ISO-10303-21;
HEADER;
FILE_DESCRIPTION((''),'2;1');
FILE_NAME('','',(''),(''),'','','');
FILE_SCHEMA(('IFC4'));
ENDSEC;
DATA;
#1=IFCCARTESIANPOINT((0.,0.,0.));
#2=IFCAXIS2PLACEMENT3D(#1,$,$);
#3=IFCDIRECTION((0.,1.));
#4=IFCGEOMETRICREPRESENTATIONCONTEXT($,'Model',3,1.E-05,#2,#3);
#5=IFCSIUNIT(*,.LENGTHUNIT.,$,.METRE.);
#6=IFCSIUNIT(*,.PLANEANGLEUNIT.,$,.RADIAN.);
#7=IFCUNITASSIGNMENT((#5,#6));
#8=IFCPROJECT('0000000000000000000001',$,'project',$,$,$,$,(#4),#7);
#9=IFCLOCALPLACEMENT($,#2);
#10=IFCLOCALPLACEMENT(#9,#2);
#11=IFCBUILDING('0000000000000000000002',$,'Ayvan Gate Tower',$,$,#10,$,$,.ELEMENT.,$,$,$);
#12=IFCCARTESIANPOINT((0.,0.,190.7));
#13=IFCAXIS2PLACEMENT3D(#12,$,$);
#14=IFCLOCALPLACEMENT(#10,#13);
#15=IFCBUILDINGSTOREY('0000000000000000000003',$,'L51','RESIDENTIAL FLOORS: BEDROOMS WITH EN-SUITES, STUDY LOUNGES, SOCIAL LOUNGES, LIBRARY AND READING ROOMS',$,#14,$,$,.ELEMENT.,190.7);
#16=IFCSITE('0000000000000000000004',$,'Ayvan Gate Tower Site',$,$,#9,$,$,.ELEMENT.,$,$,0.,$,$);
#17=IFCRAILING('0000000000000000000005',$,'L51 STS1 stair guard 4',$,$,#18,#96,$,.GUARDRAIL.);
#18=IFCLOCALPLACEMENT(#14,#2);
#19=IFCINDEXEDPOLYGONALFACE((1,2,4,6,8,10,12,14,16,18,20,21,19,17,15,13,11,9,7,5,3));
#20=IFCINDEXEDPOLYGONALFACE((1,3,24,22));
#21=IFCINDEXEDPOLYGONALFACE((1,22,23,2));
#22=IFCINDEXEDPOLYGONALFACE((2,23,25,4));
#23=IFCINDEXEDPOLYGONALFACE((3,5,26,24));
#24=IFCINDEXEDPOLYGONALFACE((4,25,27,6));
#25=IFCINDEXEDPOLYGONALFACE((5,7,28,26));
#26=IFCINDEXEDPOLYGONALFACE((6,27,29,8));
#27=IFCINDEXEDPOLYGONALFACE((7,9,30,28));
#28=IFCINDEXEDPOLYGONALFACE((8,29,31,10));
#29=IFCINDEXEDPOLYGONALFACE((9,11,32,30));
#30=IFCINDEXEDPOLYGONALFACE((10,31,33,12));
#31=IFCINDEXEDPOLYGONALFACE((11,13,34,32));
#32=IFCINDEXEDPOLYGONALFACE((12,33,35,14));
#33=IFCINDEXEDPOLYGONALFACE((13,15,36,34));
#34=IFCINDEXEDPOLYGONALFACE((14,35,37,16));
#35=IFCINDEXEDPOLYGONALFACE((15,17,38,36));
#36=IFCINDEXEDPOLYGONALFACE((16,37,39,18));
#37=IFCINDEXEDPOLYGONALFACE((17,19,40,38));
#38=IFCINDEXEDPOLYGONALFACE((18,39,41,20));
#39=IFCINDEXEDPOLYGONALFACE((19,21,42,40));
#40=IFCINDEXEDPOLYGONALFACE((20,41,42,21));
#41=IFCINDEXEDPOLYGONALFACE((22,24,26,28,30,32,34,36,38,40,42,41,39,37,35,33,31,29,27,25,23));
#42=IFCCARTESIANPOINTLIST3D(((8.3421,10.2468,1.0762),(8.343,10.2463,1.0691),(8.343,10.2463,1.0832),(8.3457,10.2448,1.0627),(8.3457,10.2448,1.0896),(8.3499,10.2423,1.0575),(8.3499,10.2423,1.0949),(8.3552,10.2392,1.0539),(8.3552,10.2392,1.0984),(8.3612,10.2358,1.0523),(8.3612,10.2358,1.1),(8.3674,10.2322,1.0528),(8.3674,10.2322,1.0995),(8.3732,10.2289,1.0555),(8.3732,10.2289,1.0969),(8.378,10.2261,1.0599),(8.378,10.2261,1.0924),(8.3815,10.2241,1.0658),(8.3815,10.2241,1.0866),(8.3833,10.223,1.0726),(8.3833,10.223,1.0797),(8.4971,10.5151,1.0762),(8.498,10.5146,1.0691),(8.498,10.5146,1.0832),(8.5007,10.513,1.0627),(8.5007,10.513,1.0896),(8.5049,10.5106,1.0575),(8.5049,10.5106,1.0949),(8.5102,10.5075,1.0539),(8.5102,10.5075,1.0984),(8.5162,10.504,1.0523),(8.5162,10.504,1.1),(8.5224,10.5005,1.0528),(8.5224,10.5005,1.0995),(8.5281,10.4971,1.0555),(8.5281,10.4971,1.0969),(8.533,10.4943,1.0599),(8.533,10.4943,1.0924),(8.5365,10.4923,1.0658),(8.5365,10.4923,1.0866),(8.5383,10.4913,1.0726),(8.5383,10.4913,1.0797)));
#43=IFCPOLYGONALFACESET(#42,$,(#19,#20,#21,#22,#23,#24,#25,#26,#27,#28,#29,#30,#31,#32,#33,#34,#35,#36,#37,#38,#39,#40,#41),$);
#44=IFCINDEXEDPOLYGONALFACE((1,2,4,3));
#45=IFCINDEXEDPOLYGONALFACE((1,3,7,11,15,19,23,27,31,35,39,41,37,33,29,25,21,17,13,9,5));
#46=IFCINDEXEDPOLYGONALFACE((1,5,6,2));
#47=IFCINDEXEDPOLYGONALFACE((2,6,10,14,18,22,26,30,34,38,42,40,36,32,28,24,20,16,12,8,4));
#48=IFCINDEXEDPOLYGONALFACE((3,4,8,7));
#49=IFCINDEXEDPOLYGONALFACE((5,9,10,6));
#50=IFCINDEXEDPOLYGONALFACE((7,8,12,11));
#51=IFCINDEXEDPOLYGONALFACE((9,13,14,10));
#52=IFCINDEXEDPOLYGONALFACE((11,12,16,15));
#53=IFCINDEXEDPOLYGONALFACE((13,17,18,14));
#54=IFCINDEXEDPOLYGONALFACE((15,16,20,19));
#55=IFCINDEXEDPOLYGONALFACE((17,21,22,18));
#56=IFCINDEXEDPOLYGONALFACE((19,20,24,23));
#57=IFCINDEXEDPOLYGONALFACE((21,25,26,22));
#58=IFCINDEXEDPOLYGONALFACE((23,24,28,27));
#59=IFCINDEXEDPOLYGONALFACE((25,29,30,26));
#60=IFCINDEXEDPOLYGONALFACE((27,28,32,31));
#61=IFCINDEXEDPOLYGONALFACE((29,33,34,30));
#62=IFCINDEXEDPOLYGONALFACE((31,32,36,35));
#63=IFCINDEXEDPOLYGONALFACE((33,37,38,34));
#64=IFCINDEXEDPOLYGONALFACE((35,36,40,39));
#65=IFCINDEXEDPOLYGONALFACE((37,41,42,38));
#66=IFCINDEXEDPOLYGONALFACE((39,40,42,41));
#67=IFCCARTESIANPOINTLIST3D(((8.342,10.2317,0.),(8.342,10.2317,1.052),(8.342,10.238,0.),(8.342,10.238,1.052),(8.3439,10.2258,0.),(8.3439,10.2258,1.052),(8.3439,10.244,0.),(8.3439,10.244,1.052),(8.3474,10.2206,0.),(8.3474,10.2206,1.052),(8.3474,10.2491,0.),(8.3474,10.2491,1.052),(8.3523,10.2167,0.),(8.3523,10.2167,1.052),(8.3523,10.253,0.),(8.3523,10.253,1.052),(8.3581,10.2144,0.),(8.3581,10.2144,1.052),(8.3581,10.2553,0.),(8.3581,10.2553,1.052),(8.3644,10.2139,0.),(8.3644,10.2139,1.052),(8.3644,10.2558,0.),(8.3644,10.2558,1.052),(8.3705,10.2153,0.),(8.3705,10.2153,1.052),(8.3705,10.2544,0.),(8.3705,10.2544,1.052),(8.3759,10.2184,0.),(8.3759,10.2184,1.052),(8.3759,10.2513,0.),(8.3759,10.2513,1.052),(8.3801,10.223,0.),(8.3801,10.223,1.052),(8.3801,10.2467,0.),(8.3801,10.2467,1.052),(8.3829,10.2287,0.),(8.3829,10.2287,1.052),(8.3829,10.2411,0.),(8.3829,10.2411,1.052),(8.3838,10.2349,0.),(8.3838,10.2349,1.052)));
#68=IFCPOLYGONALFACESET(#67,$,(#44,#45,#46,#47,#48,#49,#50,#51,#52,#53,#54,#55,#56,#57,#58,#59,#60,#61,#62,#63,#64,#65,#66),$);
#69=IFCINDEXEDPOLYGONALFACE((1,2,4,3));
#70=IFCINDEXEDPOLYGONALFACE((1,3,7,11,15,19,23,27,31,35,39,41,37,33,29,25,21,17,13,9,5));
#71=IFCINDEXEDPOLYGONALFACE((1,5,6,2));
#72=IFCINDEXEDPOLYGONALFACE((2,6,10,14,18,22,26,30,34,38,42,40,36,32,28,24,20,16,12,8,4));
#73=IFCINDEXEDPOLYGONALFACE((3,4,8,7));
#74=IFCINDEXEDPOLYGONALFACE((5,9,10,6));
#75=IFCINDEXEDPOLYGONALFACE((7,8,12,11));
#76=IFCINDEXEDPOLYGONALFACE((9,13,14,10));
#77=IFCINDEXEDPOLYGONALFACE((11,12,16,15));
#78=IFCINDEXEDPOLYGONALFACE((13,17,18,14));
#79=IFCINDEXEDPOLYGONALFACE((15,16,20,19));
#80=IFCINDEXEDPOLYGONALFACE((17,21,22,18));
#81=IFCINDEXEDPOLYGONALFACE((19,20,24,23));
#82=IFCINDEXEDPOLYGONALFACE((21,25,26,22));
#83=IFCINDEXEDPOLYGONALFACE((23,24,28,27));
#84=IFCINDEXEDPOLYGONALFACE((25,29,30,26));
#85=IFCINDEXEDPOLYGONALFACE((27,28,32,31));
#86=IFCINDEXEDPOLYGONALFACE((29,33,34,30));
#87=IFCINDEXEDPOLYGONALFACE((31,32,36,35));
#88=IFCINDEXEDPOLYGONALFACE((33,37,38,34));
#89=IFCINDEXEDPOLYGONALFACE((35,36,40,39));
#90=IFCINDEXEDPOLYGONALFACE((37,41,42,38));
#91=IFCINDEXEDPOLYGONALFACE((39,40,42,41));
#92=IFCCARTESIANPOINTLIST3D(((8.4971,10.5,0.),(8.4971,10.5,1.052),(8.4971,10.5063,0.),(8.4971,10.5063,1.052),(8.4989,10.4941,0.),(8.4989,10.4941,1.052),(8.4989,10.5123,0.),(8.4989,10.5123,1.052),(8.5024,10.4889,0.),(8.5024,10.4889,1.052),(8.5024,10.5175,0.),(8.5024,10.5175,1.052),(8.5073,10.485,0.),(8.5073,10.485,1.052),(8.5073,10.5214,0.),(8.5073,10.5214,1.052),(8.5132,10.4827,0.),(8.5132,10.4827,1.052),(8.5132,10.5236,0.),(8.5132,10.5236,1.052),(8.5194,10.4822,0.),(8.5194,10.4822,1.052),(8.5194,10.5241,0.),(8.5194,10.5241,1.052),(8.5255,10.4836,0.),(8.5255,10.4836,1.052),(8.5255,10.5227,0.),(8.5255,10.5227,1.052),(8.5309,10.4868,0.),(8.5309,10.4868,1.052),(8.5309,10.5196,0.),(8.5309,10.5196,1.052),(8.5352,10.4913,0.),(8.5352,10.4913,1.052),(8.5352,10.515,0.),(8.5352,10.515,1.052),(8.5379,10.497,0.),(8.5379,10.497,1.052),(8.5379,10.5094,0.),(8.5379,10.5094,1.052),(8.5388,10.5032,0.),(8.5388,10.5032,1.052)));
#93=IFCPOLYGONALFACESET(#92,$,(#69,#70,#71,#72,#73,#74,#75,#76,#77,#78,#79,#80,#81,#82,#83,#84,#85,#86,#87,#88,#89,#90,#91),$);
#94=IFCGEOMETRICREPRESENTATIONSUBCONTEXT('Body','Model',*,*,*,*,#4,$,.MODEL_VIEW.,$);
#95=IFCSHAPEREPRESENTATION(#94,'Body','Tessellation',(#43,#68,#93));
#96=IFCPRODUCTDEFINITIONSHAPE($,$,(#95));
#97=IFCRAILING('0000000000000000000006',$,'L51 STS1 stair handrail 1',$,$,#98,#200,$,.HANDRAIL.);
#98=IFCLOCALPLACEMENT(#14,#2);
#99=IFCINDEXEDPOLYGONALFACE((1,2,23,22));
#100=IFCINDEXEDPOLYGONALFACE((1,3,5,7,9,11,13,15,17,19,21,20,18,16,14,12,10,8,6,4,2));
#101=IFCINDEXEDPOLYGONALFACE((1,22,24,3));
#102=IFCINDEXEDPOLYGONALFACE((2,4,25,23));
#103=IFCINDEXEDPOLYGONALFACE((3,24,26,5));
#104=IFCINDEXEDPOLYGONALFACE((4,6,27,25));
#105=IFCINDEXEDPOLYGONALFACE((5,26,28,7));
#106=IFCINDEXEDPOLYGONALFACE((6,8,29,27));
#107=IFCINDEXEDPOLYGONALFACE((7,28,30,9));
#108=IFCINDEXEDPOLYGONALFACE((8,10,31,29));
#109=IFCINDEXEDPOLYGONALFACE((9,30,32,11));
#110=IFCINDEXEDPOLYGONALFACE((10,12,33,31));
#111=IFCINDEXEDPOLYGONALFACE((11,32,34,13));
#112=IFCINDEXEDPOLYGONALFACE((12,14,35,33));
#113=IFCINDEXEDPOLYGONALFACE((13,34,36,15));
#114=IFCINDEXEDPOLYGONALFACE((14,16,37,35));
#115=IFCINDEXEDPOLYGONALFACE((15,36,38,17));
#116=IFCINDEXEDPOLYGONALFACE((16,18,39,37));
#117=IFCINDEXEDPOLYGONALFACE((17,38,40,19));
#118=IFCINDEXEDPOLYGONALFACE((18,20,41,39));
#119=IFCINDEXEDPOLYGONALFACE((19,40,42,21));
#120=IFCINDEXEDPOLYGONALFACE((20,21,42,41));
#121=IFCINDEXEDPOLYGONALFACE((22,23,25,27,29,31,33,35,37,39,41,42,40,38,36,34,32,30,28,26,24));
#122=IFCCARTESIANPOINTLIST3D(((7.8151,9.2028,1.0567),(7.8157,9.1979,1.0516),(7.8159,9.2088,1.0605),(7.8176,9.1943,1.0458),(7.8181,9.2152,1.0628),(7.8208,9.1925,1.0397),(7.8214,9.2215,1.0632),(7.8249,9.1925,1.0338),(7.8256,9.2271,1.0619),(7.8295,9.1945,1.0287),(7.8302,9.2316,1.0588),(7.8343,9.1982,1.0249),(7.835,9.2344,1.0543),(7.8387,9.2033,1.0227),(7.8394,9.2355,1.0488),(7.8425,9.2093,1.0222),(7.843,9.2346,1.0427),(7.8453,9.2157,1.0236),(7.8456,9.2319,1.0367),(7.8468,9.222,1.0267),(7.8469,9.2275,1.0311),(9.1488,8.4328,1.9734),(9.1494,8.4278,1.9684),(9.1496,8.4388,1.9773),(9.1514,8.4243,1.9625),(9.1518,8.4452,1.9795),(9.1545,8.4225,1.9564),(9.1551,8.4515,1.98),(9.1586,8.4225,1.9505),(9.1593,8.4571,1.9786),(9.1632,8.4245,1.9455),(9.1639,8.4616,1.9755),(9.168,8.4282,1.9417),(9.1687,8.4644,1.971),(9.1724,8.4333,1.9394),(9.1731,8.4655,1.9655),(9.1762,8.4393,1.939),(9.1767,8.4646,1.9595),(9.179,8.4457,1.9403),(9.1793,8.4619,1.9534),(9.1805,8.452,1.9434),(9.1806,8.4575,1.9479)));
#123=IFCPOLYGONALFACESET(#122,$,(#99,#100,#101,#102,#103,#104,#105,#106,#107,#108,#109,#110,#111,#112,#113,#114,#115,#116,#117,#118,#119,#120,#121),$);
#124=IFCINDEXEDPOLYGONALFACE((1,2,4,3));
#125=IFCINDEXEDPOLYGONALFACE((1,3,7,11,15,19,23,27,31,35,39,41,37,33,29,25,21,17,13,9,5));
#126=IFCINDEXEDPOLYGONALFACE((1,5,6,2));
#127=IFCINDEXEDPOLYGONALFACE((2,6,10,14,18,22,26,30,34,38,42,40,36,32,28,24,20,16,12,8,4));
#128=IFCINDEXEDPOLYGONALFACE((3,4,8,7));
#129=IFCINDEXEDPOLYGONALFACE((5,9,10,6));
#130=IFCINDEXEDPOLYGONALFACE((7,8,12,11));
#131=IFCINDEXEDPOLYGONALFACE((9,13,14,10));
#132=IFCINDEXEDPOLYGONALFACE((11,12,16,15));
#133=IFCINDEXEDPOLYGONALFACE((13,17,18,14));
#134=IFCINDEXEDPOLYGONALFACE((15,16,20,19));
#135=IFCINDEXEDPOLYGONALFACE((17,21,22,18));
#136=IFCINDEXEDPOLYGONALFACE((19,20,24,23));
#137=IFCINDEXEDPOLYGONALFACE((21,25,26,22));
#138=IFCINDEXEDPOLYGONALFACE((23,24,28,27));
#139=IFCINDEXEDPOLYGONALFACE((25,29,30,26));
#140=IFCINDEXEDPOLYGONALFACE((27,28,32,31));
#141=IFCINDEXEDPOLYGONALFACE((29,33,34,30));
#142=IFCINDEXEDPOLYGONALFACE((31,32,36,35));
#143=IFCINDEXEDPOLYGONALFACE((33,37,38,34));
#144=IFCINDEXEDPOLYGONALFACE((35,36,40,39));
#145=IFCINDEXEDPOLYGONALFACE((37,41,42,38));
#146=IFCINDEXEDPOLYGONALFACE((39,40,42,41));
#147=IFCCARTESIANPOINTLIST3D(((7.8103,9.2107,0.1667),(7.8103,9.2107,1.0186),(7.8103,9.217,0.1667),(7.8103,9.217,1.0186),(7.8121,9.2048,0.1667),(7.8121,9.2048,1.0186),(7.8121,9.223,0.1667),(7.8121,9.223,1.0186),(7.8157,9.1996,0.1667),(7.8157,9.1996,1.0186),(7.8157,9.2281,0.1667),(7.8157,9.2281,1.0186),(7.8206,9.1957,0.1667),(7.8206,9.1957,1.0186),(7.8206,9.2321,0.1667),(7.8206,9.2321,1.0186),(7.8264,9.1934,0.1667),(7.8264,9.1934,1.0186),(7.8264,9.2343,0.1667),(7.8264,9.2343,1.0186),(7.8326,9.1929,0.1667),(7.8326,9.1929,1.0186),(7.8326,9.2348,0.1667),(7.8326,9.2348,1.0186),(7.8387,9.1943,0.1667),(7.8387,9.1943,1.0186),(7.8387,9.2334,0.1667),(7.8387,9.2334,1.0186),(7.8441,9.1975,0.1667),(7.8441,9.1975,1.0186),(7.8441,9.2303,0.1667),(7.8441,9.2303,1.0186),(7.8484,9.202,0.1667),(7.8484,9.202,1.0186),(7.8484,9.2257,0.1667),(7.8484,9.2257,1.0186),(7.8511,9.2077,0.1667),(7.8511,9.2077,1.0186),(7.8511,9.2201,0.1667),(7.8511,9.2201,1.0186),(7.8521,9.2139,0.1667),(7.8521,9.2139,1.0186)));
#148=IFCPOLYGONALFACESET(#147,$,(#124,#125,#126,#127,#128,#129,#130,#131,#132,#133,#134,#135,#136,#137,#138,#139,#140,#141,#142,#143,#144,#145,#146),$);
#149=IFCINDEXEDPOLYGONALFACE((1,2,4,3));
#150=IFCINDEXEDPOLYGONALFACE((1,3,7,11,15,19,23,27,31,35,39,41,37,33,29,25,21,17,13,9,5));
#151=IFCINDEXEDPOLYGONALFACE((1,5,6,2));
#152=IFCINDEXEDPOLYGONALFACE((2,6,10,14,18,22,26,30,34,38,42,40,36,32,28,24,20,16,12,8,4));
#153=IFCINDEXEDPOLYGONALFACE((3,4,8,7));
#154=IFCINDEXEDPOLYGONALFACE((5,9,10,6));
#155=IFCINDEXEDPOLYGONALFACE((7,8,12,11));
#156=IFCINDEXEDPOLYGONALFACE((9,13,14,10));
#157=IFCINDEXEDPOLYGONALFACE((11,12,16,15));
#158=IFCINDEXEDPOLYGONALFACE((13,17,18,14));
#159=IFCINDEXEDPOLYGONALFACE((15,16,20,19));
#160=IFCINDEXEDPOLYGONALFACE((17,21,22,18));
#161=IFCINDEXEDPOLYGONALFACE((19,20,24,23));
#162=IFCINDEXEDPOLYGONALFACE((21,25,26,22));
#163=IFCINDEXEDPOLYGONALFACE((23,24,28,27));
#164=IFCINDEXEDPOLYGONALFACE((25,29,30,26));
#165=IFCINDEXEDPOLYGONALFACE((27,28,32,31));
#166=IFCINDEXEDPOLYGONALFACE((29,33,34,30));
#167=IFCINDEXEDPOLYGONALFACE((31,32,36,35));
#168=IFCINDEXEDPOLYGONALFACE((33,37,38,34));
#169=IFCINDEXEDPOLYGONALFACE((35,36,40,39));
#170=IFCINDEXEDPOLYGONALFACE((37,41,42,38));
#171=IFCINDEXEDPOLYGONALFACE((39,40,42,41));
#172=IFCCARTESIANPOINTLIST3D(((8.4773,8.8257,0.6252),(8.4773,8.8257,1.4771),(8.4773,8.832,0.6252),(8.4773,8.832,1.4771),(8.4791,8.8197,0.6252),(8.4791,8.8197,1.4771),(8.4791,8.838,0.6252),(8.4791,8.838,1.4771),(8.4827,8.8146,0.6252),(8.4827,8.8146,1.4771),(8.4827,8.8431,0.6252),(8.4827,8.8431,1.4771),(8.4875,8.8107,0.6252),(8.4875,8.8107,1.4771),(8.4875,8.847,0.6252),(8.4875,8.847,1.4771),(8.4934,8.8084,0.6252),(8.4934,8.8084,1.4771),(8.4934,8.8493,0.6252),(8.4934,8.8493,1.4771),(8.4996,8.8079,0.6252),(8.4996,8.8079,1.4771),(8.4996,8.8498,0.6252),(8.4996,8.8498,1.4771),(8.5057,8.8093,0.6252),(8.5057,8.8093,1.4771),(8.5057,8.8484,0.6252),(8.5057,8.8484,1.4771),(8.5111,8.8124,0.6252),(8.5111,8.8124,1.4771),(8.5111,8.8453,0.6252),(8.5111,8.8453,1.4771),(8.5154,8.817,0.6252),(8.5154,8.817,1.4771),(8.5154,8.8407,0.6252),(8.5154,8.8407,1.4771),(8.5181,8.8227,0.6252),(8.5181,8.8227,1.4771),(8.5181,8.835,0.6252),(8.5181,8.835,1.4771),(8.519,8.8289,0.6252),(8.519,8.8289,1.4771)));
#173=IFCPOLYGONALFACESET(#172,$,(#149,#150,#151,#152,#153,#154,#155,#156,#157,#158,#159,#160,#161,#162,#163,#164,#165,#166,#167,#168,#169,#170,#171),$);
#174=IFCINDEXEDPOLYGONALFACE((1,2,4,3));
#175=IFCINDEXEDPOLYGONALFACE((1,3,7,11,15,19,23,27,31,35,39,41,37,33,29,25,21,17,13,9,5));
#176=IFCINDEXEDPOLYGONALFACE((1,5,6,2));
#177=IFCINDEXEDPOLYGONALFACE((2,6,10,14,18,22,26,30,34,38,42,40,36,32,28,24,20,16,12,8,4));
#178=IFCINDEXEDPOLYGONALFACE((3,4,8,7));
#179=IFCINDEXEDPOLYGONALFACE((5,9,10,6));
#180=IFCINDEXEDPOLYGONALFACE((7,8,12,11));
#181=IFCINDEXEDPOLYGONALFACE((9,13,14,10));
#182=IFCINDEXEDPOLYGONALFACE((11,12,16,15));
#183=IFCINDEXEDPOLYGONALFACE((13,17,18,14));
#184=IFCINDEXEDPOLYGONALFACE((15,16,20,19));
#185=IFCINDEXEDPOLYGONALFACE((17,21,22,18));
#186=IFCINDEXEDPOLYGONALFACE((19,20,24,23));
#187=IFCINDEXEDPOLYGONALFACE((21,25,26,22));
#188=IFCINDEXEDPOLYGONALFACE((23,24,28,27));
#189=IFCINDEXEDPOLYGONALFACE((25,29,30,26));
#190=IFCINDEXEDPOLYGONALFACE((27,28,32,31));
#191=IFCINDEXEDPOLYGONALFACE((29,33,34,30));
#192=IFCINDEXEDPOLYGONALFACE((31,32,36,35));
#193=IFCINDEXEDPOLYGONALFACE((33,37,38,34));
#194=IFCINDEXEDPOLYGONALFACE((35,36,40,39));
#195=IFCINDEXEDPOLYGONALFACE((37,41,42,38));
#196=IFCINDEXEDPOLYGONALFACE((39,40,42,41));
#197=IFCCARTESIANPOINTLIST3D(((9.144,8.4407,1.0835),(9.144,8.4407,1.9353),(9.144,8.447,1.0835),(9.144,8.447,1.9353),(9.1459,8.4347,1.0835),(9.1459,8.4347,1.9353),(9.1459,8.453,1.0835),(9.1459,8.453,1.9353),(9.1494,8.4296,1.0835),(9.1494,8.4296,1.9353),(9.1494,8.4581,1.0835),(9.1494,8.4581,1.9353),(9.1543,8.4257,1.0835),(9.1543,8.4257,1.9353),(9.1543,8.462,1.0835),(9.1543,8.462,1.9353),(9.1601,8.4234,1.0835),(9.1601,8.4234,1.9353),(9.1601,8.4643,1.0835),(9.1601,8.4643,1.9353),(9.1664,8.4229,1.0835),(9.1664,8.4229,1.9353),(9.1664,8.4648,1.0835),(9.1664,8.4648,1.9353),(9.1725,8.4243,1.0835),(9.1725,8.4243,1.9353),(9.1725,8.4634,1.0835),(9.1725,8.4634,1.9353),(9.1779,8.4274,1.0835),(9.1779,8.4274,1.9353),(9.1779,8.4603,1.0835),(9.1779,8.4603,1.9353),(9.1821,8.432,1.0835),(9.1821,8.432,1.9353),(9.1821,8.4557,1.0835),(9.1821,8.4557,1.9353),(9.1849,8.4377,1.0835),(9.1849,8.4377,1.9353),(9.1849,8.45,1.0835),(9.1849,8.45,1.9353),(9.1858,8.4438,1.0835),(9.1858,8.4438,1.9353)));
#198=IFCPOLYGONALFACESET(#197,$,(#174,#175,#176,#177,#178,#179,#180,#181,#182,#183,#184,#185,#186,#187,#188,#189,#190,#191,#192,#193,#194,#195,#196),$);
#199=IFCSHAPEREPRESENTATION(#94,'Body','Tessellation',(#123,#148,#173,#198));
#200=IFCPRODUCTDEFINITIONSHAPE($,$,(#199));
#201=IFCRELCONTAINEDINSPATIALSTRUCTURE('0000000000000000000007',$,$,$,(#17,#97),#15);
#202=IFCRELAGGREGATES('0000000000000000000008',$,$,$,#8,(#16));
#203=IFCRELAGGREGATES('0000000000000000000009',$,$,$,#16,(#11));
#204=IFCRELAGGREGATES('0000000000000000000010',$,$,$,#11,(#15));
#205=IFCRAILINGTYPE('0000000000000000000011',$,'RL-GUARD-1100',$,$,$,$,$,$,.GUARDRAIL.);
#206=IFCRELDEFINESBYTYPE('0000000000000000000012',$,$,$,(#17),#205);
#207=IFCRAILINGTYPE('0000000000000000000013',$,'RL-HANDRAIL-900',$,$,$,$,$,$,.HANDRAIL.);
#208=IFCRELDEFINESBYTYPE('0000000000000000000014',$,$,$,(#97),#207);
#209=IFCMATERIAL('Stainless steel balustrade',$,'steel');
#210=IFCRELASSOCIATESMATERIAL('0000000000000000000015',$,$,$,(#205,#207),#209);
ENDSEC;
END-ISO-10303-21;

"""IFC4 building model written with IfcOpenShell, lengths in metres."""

from ifc_helpers import new_model, si_unit, direction, frame, origin, origin_2d, place, context, subcontext, project, spatial, circle, extrude, material, type_object, element, save


model = new_model("IFC4")

# Units and contexts
model_context = context("Model", 3, precision=1e-05, world=origin(), true_north=direction((0.0, 1.0)))
body_context = subcontext(model_context, "Body", "Model", "MODEL_VIEW")
ifc_project = project(units=[si_unit("LENGTHUNIT", "METRE"), si_unit("PLANEANGLEUNIT", "RADIAN")], contexts=[model_context])

# Site, building, storey
site_placement = place(None, origin())
site = spatial("IfcSite", under=ifc_project, at=site_placement, Name="Ayvan Gate Tower Site", CompositionType="ELEMENT", RefElevation=0.0)
building_placement = place(site_placement, origin())
building = spatial("IfcBuilding", under=site, at=building_placement, Name="Ayvan Gate Tower", CompositionType="ELEMENT")
storey_placement = place(building_placement, frame((0.0, 0.0, 190.7)))
storey = spatial("IfcBuildingStorey", under=building, at=storey_placement, Name="L51", Description="RESIDENTIAL FLOORS: BEDROOMS WITH EN-SUITES, STUDY LOUNGES, SOCIAL LOUNGES, LIBRARY AND READING ROOMS", CompositionType="ELEMENT", Elevation=190.7)

# Railings
ifc_material_1 = material(Name="Stainless steel balustrade", Category="steel")
railing_type_1 = type_object("IfcRailingType", Name="RL-GUARD-1100", PredefinedType="GUARDRAIL", material=ifc_material_1)
railing_1_placement = place(storey_placement, frame((8.3628, 10.2349, 0.0)))
element("IfcRailing", 1, at=railing_1_placement, inside=storey, type_object=railing_type_1, Name="L51 STS1 stair guard 4", PredefinedType="GUARDRAIL", context=body_context, shape_type="SweptSolid", body=[
    extrude(circle(Radius=0.0239, at=origin_2d()), frame((0.0, 0.0, 1.0762), z_axis=(0.500291, 0.865857, 0.0), x_axis=(-0.865857, 0.500291, 0.0)), (0.0, 0.0, 1.0), 0.3098),
    extrude(circle(Radius=0.021, at=origin_2d()), origin(), (0.0, 0.0, 1.0), 1.052),
    extrude(circle(Radius=0.021, at=origin_2d()), frame((0.155, 0.2683, 0.0)), (0.0, 0.0, 1.0), 1.052),
])
railing_type_2 = type_object("IfcRailingType", Name="RL-HANDRAIL-900", PredefinedType="HANDRAIL", material=ifc_material_1)
railing_2_placement = place(storey_placement, frame((7.8311, 9.2139, 0.1667)))
element("IfcRailing", 2, at=railing_2_placement, inside=storey, type_object=railing_type_2, Name="L51 STS1 stair handrail 1", PredefinedType="HANDRAIL", context=body_context, shape_type="SweptSolid", body=[
    extrude(circle(Radius=0.0239, at=origin_2d()), frame((0.0, 0.0, 0.876), z_axis=(0.744164, -0.429634, 0.511502), x_axis=(0.499992, 0.86603, 0.0)), (0.0, 0.0, 1.0), 1.7922),
    extrude(circle(Radius=0.021, at=origin_2d()), origin(), (0.0, 0.0, 1.0), 0.8518),
    extrude(circle(Radius=0.021, at=origin_2d()), frame((0.667, -0.385, 0.4585)), (0.0, 0.0, 1.0), 0.8518),
    extrude(circle(Radius=0.021, at=origin_2d()), frame((1.3337, -0.77, 0.9167)), (0.0, 0.0, 1.0), 0.8518),
])

save(model, "model.ifc")
